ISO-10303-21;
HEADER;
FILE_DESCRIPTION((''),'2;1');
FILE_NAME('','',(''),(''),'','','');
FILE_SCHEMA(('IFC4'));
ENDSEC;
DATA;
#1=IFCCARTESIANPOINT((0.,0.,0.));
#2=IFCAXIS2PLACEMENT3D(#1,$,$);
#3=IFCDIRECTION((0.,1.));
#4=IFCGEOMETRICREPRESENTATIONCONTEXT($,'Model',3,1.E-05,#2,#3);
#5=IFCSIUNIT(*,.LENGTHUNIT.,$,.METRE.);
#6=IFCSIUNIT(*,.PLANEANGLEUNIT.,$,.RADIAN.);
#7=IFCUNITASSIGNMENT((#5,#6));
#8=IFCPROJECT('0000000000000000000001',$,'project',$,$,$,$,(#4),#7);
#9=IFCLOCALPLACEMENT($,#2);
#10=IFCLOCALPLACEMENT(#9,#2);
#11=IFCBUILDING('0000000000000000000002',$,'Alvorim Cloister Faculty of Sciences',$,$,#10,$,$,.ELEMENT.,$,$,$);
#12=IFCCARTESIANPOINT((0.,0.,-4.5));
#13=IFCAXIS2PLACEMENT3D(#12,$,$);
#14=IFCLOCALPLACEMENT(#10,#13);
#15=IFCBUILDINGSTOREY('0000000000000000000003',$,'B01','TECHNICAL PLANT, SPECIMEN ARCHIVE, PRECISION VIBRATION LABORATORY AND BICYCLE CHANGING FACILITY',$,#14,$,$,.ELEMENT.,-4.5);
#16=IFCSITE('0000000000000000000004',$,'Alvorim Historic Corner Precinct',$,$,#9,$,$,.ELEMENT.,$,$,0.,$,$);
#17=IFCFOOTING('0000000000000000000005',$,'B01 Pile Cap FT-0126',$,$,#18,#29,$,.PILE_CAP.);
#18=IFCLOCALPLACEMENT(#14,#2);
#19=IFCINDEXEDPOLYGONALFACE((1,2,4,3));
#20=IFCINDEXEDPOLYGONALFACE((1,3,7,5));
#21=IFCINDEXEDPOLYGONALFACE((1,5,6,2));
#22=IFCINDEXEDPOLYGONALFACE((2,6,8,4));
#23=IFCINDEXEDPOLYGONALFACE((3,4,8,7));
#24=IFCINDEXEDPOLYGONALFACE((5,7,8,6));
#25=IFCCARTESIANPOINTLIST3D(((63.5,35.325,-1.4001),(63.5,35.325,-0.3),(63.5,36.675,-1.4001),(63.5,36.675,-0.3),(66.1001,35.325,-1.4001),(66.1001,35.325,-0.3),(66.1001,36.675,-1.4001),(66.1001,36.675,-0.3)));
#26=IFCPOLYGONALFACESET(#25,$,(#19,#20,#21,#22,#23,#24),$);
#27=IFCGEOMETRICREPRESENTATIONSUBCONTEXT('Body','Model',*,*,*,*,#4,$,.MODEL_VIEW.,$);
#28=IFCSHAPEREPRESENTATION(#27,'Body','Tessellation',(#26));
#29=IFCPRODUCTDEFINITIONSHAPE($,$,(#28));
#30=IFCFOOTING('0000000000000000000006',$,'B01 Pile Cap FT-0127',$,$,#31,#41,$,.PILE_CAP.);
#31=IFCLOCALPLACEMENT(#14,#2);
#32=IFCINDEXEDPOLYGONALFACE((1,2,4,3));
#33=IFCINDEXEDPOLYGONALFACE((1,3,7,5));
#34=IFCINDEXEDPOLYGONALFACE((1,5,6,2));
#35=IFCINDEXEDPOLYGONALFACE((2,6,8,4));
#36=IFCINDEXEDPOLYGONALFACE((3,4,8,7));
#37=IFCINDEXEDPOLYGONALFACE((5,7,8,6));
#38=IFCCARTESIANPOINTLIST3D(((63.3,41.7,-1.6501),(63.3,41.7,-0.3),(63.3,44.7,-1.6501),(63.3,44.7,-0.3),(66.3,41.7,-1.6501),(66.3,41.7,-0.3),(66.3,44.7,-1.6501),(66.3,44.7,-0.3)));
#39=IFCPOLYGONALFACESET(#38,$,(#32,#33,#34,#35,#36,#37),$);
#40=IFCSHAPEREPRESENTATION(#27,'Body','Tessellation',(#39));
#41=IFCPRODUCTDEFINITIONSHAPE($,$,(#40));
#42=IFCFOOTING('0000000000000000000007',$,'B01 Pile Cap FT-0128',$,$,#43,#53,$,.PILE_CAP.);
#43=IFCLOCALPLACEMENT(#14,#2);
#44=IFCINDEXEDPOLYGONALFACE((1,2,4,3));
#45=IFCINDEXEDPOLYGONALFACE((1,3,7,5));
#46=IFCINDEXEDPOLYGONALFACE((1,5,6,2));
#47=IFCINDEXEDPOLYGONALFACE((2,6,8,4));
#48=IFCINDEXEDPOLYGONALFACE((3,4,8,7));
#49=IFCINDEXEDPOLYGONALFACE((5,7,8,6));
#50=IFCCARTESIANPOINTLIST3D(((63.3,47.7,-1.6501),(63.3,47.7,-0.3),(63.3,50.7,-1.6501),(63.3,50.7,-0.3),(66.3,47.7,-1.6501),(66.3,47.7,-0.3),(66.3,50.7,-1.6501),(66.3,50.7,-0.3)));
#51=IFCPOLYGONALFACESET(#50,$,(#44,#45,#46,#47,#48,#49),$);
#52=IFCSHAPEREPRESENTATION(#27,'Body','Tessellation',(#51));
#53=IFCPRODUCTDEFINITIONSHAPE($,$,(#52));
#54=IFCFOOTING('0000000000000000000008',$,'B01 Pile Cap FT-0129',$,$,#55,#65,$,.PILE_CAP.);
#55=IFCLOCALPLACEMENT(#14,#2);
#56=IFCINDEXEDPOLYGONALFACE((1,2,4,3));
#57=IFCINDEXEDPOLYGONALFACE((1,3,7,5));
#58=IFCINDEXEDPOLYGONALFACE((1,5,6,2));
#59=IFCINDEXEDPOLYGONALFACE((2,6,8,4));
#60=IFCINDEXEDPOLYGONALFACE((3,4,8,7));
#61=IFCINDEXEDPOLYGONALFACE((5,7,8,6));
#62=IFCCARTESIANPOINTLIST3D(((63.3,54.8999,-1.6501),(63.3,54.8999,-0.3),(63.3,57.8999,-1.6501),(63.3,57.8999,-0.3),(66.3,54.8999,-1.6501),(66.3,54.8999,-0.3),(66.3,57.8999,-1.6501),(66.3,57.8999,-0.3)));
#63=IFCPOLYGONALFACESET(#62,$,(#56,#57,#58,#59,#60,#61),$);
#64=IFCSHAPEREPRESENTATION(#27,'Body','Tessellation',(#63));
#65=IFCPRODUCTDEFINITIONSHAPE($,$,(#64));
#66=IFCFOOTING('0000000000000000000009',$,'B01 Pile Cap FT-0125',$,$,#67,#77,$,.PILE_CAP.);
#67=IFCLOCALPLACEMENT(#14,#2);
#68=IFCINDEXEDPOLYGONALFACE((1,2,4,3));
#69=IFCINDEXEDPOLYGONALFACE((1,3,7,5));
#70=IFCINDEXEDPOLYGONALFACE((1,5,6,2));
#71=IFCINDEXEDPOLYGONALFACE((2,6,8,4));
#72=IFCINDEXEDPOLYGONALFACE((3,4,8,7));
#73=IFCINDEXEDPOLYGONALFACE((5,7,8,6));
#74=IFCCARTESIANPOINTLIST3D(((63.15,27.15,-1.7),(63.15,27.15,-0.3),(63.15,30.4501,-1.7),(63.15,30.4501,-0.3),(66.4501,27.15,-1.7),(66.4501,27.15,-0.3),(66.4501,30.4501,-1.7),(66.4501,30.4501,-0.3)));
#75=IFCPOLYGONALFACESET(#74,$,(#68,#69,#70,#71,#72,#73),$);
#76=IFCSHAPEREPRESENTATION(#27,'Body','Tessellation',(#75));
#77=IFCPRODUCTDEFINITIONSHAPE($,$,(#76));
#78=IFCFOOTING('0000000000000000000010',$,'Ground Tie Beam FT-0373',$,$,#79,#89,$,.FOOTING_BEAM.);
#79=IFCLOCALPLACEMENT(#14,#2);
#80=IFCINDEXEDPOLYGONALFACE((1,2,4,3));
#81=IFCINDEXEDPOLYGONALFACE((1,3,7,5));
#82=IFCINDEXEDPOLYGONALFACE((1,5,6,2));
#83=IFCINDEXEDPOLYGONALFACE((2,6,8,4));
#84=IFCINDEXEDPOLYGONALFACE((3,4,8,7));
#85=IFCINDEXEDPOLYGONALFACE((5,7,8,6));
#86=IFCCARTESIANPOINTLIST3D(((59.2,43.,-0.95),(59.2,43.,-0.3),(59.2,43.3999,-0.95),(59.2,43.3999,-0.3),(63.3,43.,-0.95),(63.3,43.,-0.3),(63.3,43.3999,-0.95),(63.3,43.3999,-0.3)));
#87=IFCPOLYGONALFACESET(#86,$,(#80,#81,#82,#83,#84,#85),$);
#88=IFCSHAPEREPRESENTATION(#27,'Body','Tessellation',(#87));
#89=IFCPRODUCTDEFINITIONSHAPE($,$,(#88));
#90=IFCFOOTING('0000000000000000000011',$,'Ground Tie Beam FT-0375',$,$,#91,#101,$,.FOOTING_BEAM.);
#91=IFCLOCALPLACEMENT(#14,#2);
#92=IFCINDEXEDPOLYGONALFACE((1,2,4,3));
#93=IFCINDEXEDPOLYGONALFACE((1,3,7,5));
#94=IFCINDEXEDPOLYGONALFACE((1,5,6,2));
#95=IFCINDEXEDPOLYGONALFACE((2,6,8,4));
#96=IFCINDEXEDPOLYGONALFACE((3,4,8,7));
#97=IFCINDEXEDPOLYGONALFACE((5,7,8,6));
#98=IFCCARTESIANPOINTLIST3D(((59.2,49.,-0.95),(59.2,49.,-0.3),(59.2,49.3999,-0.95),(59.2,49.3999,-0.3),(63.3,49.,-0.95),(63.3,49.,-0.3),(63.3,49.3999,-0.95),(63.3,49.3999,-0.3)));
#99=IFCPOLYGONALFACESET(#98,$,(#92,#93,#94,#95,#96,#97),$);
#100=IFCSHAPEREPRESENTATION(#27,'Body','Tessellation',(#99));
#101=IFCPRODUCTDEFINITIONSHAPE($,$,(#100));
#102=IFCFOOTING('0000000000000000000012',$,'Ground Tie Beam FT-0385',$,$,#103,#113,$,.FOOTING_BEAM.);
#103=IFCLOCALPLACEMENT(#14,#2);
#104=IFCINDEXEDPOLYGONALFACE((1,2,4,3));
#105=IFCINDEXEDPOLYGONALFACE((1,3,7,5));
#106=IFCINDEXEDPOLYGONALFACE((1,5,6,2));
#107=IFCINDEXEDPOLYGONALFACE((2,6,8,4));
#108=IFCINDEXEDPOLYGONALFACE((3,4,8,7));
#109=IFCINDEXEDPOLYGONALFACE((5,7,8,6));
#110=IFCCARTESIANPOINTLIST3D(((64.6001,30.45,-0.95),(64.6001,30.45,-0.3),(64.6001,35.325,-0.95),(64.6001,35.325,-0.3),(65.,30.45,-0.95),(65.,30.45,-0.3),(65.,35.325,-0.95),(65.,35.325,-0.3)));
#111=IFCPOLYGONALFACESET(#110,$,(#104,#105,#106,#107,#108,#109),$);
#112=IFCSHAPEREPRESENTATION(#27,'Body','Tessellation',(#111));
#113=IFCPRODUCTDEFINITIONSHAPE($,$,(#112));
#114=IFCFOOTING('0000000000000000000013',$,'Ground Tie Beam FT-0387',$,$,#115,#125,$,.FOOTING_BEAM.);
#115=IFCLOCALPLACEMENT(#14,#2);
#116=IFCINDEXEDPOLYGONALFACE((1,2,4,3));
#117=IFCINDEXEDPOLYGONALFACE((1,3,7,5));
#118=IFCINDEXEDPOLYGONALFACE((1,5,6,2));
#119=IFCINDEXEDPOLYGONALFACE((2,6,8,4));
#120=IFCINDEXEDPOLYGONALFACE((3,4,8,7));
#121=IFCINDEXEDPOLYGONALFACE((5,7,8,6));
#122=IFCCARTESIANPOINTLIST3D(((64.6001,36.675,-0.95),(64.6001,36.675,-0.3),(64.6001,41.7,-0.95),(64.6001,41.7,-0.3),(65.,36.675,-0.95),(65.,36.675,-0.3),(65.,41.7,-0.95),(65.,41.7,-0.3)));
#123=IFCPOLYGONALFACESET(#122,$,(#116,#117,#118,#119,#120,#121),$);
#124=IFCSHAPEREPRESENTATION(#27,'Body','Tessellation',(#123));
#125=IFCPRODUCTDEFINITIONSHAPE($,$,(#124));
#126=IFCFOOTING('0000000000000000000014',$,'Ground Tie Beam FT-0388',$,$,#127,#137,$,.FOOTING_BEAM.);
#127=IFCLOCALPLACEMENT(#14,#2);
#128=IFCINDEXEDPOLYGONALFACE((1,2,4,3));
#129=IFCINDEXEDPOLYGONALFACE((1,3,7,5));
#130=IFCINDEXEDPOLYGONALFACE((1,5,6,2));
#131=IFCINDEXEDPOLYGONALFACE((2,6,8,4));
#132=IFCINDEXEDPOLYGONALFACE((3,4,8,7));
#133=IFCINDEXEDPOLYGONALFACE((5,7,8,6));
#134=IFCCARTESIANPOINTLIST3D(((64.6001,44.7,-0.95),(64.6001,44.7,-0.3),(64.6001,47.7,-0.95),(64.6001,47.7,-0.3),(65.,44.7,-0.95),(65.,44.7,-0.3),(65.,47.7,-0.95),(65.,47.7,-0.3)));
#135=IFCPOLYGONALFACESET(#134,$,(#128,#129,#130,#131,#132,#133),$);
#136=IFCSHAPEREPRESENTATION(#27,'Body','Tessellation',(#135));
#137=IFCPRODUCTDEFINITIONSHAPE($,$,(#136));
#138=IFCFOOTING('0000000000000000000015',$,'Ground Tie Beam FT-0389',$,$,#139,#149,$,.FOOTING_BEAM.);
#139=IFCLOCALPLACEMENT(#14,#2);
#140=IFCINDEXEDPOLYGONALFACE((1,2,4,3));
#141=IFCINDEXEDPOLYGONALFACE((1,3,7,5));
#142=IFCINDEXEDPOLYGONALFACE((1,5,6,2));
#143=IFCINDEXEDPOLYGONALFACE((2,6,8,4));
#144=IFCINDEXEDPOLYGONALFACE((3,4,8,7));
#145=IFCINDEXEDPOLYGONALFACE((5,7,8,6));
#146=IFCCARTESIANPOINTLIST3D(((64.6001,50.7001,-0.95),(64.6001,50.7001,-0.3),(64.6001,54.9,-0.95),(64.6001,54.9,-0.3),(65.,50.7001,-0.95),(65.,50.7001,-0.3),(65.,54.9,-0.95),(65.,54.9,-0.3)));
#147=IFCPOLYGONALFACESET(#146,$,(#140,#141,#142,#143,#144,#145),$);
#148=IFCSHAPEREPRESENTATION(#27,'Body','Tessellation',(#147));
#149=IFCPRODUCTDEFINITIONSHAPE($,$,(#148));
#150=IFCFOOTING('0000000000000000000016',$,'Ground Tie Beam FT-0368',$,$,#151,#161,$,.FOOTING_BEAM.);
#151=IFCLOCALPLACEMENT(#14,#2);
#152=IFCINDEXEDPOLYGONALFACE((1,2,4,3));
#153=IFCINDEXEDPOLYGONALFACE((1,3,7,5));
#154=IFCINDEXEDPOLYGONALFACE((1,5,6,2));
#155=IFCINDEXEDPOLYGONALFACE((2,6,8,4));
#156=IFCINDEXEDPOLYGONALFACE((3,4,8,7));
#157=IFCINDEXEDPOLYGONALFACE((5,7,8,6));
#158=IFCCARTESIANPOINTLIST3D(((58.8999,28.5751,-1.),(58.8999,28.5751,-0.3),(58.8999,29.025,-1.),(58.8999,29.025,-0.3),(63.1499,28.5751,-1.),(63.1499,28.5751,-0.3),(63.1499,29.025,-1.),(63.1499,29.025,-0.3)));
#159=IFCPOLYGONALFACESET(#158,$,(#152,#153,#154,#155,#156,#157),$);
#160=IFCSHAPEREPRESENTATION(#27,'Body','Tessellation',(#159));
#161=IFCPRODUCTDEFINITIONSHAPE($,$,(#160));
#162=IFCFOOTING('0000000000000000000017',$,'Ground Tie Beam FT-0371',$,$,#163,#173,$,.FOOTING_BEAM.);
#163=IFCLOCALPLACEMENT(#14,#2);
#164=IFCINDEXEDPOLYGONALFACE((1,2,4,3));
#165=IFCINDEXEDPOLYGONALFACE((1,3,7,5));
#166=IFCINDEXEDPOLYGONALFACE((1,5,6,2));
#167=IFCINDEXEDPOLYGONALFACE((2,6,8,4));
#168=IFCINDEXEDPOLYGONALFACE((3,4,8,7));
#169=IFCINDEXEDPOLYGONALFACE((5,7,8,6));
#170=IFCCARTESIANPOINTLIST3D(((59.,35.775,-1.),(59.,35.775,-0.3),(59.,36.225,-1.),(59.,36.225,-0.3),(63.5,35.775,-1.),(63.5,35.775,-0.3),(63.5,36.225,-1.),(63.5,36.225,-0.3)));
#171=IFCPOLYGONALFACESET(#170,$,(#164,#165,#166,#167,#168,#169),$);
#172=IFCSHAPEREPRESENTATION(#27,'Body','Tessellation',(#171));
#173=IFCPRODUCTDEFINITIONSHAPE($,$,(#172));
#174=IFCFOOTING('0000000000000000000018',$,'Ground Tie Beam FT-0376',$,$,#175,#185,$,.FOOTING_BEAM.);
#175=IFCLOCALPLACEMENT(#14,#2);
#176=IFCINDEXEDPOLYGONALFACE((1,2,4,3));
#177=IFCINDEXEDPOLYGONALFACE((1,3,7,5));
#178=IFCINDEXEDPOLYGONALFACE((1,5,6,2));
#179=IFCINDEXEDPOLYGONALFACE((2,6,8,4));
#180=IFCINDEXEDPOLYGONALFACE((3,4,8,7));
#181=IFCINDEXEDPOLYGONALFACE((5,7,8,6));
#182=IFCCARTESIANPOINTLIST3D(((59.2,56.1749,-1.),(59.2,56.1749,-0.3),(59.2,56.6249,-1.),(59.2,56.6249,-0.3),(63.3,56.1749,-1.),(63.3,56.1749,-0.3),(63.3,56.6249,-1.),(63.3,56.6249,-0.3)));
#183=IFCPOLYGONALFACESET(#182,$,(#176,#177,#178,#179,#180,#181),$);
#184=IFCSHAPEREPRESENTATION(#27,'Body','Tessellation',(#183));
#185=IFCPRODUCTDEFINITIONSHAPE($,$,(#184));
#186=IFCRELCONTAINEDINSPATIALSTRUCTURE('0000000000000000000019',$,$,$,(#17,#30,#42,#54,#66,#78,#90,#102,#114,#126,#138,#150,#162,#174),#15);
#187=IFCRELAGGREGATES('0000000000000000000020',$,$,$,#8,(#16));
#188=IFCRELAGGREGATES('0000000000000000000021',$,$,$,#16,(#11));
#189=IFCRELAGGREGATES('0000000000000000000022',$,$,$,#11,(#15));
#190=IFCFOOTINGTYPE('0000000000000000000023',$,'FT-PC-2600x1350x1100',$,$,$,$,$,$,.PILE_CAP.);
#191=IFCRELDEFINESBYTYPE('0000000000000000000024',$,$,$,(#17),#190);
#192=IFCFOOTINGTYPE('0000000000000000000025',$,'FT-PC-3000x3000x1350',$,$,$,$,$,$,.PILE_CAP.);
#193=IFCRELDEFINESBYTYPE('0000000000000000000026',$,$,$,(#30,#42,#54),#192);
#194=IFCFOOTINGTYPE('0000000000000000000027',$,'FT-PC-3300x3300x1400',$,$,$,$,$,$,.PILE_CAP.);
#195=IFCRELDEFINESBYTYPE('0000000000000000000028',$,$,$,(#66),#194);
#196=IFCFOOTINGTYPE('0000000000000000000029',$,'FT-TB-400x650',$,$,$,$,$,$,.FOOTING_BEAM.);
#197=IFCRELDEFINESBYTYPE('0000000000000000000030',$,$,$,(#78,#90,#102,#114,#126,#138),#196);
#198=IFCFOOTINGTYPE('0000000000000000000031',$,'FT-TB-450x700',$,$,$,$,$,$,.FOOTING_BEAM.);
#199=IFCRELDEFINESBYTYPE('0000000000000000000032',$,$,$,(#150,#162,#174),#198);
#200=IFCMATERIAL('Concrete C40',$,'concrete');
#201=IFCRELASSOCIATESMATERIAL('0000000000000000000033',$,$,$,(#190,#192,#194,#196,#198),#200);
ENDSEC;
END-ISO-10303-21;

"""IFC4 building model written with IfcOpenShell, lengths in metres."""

from ifc_helpers import new_model, si_unit, direction, frame, origin, origin_2d, place, context, subcontext, project, spatial, rectangle, extrude, material, type_object, element, save


model = new_model("IFC4")

# Units and contexts
model_context = context("Model", 3, precision=1e-05, world=origin(), true_north=direction((0.0, 1.0)))
body_context = subcontext(model_context, "Body", "Model", "MODEL_VIEW")
ifc_project = project(units=[si_unit("LENGTHUNIT", "METRE"), si_unit("PLANEANGLEUNIT", "RADIAN")], contexts=[model_context])

# Site, building, storey
site_placement = place(None, origin())
site = spatial("IfcSite", under=ifc_project, at=site_placement, Name="Alvorim Historic Corner Precinct", CompositionType="ELEMENT", RefElevation=0.0)
building_placement = place(site_placement, origin())
building = spatial("IfcBuilding", under=site, at=building_placement, Name="Alvorim Cloister Faculty of Sciences", CompositionType="ELEMENT")
storey_placement = place(building_placement, frame((0.0, 0.0, -4.5)))
storey = spatial("IfcBuildingStorey", under=building, at=storey_placement, Name="B01", Description="TECHNICAL PLANT, SPECIMEN ARCHIVE, PRECISION VIBRATION LABORATORY AND BICYCLE CHANGING FACILITY", CompositionType="ELEMENT", Elevation=-4.5)

# Footings
ifc_material_1 = material(Name="Concrete C40", Category="concrete")
footing_type_1 = type_object("IfcFootingType", Name="FT-PC-2600x1350x1100", PredefinedType="PILE_CAP", material=ifc_material_1)
footing_1_placement = place(storey_placement, frame((64.8, 36.0, -1.4001), z_axis=(0.0, 0.0, 1.0), x_axis=(1.0, 0.0, 0.0)))
element("IfcFooting", 1, at=footing_1_placement, inside=storey, type_object=footing_type_1, Name="B01 Pile Cap FT-0126", PredefinedType="PILE_CAP", context=body_context, shape_type="SweptSolid", body=[
    extrude(rectangle(XDim=2.6001, YDim=1.3501, at=origin_2d()), origin(), (0.0, 0.0, 1.0), 1.1001),
])
footing_type_2 = type_object("IfcFootingType", Name="FT-PC-3000x3000x1350", PredefinedType="PILE_CAP", material=ifc_material_1)
for number, where, z_axis, x_axis, name in (
    (2, (64.8, 43.2, -1.6501), (0.0, 0.0, 1.0), (1.0, 0.0, 0.0), "B01 Pile Cap FT-0127"),
    (3, (64.8, 49.2, -1.6501), (0.0, 0.0, 1.0), (1.0, 0.0, 0.0), "B01 Pile Cap FT-0128"),
    (4, (64.8, 56.3999, -1.6501), (0.0, 0.0, 1.0), (1.0, 0.0, 0.0), "B01 Pile Cap FT-0129"),
):
    element("IfcFooting", number, at=place(storey_placement, frame(where, z_axis=z_axis, x_axis=x_axis)), inside=storey, type_object=footing_type_2, Name=name, PredefinedType="PILE_CAP", context=body_context, shape_type="SweptSolid", body=[
        extrude(rectangle(XDim=3.0, YDim=3.0, at=origin_2d()), origin(), (0.0, 0.0, 1.0), 1.3501),
    ])
footing_type_3 = type_object("IfcFootingType", Name="FT-PC-3300x3300x1400", PredefinedType="PILE_CAP", material=ifc_material_1)
footing_2_placement = place(storey_placement, frame((64.8, 28.8, -1.7), z_axis=(0.0, 0.0, 1.0), x_axis=(1.0, 0.0, 0.0)))
element("IfcFooting", 5, at=footing_2_placement, inside=storey, type_object=footing_type_3, Name="B01 Pile Cap FT-0125", PredefinedType="PILE_CAP", context=body_context, shape_type="SweptSolid", body=[
    extrude(rectangle(XDim=3.3, YDim=3.3, at=origin_2d()), origin(), (0.0, 0.0, 1.0), 1.3999),
])
footing_type_4 = type_object("IfcFootingType", Name="FT-TB-400x650", PredefinedType="FOOTING_BEAM", material=ifc_material_1)
for number, where, z_axis, x_axis, name in (
    (6, (61.25, 43.2, -0.95), (0.0, 0.0, 1.0), (1.0, 0.0, 0.0), "Ground Tie Beam FT-0373"),
    (7, (61.25, 49.2, -0.95), (0.0, 0.0, 1.0), (1.0, 0.0, 0.0), "Ground Tie Beam FT-0375"),
):
    element("IfcFooting", number, at=place(storey_placement, frame(where, z_axis=z_axis, x_axis=x_axis)), inside=storey, type_object=footing_type_4, Name=name, PredefinedType="FOOTING_BEAM", context=body_context, shape_type="SweptSolid", body=[
        extrude(rectangle(XDim=4.1001, YDim=0.3999, at=origin_2d()), origin(), (0.0, 0.0, 1.0), 0.6499),
    ])
footing_3_placement = place(storey_placement, frame((64.8, 32.8875, -0.95), z_axis=(0.0, 0.0, 1.0), x_axis=(1.0, 0.0, 0.0)))
element("IfcFooting", 8, at=footing_3_placement, inside=storey, type_object=footing_type_4, Name="Ground Tie Beam FT-0385", PredefinedType="FOOTING_BEAM", context=body_context, shape_type="SweptSolid", body=[
    extrude(rectangle(XDim=0.3999, YDim=4.875, at=origin_2d()), origin(), (0.0, 0.0, 1.0), 0.6499),
])
footing_4_placement = place(storey_placement, frame((64.8, 39.1875, -0.95), z_axis=(0.0, 0.0, 1.0), x_axis=(1.0, 0.0, 0.0)))
element("IfcFooting", 9, at=footing_4_placement, inside=storey, type_object=footing_type_4, Name="Ground Tie Beam FT-0387", PredefinedType="FOOTING_BEAM", context=body_context, shape_type="SweptSolid", body=[
    extrude(rectangle(XDim=0.3999, YDim=5.0249, at=origin_2d()), origin(), (0.0, 0.0, 1.0), 0.6499),
])
footing_5_placement = place(storey_placement, frame((64.8, 46.2, -0.95), z_axis=(0.0, 0.0, 1.0), x_axis=(1.0, 0.0, 0.0)))
element("IfcFooting", 10, at=footing_5_placement, inside=storey, type_object=footing_type_4, Name="Ground Tie Beam FT-0388", PredefinedType="FOOTING_BEAM", context=body_context, shape_type="SweptSolid", body=[
    extrude(rectangle(XDim=0.3999, YDim=3.0, at=origin_2d()), origin(), (0.0, 0.0, 1.0), 0.6499),
])
footing_6_placement = place(storey_placement, frame((64.8, 52.8, -0.95), z_axis=(0.0, 0.0, 1.0), x_axis=(1.0, 0.0, 0.0)))
element("IfcFooting", 11, at=footing_6_placement, inside=storey, type_object=footing_type_4, Name="Ground Tie Beam FT-0389", PredefinedType="FOOTING_BEAM", context=body_context, shape_type="SweptSolid", body=[
    extrude(rectangle(XDim=0.3999, YDim=4.2, at=origin_2d()), origin(), (0.0, 0.0, 1.0), 0.6499),
])
footing_type_5 = type_object("IfcFootingType", Name="FT-TB-450x700", PredefinedType="FOOTING_BEAM", material=ifc_material_1)
footing_7_placement = place(storey_placement, frame((61.0249, 28.8, -1.0), z_axis=(0.0, 0.0, 1.0), x_axis=(1.0, 0.0, 0.0)))
element("IfcFooting", 12, at=footing_7_placement, inside=storey, type_object=footing_type_5, Name="Ground Tie Beam FT-0368", PredefinedType="FOOTING_BEAM", context=body_context, shape_type="SweptSolid", body=[
    extrude(rectangle(XDim=4.25, YDim=0.45, at=origin_2d()), origin(), (0.0, 0.0, 1.0), 0.7),
])
footing_8_placement = place(storey_placement, frame((61.25, 36.0, -1.0), z_axis=(0.0, 0.0, 1.0), x_axis=(1.0, 0.0, 0.0)))
element("IfcFooting", 13, at=footing_8_placement, inside=storey, type_object=footing_type_5, Name="Ground Tie Beam FT-0371", PredefinedType="FOOTING_BEAM", context=body_context, shape_type="SweptSolid", body=[
    extrude(rectangle(XDim=4.5, YDim=0.45, at=origin_2d()), origin(), (0.0, 0.0, 1.0), 0.7),
])
footing_9_placement = place(storey_placement, frame((61.25, 56.3999, -1.0), z_axis=(0.0, 0.0, 1.0), x_axis=(1.0, 0.0, 0.0)))
element("IfcFooting", 14, at=footing_9_placement, inside=storey, type_object=footing_type_5, Name="Ground Tie Beam FT-0376", PredefinedType="FOOTING_BEAM", context=body_context, shape_type="SweptSolid", body=[
    extrude(rectangle(XDim=4.1001, YDim=0.45, at=origin_2d()), origin(), (0.0, 0.0, 1.0), 0.7),
])

save(model, "model.ifc")
